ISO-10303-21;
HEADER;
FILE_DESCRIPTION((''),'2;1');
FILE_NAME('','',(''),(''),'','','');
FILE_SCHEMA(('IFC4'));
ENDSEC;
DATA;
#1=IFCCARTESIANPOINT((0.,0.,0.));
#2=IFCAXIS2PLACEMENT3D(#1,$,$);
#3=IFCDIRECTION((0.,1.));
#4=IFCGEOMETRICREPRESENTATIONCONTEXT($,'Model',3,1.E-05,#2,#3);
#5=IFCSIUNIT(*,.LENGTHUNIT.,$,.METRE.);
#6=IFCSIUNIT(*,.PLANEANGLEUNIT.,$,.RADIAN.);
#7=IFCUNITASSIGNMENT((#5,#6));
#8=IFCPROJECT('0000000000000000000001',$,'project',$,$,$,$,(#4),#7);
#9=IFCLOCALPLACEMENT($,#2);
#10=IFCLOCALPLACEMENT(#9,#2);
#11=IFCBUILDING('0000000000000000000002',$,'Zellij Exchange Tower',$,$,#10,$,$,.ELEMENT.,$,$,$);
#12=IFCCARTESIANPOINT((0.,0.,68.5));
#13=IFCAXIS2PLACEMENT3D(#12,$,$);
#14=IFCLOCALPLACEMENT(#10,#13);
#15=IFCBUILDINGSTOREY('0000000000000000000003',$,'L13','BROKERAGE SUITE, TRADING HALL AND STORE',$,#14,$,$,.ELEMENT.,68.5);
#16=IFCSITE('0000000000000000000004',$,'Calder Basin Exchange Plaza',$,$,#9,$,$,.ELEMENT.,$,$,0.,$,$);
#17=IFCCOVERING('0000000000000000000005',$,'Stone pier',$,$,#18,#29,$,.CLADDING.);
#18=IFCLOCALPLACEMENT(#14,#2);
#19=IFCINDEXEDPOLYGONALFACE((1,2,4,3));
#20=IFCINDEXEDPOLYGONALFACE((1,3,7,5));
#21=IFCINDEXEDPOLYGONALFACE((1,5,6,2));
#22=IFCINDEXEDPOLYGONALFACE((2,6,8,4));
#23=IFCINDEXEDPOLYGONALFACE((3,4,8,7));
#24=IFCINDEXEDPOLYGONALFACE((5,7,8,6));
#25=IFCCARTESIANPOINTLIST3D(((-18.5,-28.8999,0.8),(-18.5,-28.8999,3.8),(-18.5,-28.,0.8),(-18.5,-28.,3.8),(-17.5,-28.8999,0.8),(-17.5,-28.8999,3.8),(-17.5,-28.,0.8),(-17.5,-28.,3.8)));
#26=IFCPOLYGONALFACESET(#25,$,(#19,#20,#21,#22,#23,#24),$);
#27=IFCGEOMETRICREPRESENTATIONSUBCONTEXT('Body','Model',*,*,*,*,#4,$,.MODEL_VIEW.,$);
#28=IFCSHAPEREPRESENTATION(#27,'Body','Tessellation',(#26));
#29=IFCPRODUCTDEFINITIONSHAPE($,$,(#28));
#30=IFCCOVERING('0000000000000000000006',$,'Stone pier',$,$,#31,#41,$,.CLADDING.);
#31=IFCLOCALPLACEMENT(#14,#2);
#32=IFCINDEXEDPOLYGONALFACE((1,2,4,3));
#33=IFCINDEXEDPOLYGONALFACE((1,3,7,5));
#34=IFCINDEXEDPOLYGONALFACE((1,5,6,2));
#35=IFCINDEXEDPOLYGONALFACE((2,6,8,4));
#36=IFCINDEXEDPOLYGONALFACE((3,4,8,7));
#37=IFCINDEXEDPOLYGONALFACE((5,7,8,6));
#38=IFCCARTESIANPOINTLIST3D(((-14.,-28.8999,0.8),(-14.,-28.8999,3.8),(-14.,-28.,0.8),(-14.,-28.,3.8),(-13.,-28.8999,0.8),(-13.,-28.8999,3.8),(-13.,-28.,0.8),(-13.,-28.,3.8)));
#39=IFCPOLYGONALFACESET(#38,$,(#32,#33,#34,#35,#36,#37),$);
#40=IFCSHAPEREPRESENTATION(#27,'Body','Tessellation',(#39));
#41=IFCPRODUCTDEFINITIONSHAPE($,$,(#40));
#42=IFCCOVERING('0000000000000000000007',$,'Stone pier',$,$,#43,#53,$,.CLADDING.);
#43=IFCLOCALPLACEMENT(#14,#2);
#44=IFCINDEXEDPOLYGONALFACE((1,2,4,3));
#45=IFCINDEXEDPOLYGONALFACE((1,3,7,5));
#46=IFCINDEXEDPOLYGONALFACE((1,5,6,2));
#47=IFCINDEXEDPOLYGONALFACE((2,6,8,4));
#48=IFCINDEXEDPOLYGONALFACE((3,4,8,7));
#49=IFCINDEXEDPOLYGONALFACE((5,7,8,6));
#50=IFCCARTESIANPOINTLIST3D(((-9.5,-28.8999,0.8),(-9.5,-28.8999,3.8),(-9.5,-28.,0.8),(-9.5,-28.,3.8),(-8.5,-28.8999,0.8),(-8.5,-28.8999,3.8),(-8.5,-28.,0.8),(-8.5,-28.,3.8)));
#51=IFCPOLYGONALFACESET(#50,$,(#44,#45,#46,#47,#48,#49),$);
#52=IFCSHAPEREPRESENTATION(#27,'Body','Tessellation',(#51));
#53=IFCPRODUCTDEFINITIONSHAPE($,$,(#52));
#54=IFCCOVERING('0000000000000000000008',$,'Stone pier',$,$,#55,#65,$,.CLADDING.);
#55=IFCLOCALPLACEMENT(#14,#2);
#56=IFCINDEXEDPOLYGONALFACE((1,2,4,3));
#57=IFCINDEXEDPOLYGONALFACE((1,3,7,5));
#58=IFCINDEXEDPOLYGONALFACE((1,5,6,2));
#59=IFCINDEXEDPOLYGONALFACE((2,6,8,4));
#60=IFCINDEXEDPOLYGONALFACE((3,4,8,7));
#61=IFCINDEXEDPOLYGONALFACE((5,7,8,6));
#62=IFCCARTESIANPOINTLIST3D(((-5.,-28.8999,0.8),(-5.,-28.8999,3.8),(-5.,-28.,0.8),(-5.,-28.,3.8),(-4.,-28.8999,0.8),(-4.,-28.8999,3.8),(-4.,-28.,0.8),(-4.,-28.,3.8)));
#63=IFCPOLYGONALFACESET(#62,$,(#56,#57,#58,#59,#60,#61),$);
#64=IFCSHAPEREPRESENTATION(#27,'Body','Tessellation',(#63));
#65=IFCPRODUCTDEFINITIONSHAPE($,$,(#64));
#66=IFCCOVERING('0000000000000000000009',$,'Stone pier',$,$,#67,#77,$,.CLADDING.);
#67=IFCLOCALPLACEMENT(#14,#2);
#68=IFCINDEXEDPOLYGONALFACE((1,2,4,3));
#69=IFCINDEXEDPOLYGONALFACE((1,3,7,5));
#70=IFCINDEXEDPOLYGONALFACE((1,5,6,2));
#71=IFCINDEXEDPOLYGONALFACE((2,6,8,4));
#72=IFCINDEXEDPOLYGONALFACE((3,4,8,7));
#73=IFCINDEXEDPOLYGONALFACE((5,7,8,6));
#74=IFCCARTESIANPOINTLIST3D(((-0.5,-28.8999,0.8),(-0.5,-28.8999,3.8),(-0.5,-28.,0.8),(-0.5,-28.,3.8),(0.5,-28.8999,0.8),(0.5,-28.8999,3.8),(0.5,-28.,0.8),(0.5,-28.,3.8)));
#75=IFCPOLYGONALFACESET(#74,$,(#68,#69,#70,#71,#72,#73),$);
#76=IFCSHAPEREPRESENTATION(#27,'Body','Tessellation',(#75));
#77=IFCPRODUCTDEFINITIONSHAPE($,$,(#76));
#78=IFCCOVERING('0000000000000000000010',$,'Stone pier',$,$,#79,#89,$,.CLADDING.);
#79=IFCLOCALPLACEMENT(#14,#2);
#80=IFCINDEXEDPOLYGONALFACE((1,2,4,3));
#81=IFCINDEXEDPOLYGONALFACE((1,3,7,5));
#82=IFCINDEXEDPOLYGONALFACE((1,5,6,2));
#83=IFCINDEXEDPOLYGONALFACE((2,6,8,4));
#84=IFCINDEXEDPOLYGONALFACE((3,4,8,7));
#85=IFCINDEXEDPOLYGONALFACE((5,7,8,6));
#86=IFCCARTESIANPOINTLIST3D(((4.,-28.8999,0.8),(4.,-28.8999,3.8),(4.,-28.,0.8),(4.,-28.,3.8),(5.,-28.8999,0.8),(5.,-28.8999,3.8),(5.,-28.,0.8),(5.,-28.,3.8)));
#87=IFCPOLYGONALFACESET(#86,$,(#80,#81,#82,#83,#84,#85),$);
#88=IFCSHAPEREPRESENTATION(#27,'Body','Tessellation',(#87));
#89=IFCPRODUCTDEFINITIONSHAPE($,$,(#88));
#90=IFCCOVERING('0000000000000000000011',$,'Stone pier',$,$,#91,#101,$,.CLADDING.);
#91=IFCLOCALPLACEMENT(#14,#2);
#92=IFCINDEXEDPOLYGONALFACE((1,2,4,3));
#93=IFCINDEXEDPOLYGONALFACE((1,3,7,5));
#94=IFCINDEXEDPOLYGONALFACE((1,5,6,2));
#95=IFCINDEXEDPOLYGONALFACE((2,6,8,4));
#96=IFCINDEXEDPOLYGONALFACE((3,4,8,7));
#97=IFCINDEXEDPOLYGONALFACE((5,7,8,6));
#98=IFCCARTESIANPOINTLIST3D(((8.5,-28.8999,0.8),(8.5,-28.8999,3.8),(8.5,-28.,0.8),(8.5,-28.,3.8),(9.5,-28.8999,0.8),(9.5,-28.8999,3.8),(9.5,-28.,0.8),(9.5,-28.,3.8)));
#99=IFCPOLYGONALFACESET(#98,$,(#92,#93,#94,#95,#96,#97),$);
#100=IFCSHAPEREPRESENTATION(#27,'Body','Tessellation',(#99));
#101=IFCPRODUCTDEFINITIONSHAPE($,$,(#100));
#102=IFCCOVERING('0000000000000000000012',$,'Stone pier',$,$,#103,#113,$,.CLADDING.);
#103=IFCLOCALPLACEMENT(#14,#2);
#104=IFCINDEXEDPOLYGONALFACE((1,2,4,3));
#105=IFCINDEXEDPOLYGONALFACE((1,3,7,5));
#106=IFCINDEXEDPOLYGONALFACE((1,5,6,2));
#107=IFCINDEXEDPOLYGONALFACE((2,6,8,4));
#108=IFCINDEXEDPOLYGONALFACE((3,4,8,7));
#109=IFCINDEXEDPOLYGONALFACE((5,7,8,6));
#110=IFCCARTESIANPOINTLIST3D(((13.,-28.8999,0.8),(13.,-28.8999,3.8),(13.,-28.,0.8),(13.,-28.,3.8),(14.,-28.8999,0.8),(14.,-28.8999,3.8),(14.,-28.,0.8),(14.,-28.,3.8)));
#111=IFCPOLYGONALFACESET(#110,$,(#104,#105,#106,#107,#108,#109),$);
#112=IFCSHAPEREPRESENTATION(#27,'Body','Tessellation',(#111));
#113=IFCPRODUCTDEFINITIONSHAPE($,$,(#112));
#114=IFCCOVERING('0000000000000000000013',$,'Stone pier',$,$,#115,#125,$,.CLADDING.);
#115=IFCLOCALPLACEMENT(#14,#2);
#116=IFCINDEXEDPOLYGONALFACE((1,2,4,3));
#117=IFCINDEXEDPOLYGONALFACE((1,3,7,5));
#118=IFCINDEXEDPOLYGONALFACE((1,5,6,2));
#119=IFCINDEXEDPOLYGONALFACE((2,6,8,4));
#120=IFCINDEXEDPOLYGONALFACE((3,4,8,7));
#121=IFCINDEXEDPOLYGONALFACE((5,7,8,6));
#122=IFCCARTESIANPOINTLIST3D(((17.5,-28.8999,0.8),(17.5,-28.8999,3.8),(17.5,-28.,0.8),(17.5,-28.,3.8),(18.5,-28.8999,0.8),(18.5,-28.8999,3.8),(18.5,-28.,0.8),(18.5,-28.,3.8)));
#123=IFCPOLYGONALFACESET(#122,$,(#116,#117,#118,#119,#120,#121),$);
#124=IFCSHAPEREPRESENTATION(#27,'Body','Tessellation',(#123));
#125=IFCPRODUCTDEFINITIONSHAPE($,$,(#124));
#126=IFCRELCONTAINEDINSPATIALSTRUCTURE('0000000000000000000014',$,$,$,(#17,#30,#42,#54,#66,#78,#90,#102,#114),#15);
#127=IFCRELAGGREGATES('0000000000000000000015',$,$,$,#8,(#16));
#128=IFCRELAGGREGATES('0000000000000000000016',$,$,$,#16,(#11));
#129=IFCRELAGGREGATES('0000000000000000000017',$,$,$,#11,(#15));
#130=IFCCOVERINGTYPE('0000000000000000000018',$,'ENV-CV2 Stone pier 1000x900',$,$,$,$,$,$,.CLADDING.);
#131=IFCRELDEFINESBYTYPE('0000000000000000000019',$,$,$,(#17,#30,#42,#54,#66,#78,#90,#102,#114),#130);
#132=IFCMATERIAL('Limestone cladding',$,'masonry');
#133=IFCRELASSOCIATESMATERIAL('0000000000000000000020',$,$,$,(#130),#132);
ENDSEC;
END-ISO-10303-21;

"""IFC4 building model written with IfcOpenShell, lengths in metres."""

from ifc_helpers import new_model, si_unit, direction, frame, origin, place, context, subcontext, project, spatial, polyline, outline, extrude, material, type_object, element, save


model = new_model("IFC4")

# Units and contexts
model_context = context("Model", 3, precision=1e-05, world=origin(), true_north=direction((0.0, 1.0)))
body_context = subcontext(model_context, "Body", "Model", "MODEL_VIEW")
ifc_project = project(units=[si_unit("LENGTHUNIT", "METRE"), si_unit("PLANEANGLEUNIT", "RADIAN")], contexts=[model_context])

# Site, building, storey
site_placement = place(None, origin())
site = spatial("IfcSite", under=ifc_project, at=site_placement, Name="Calder Basin Exchange Plaza", CompositionType="ELEMENT", RefElevation=0.0)
building_placement = place(site_placement, origin())
building = spatial("IfcBuilding", under=site, at=building_placement, Name="Zellij Exchange Tower", CompositionType="ELEMENT")
storey_placement = place(building_placement, frame((0.0, 0.0, 68.5)))
storey = spatial("IfcBuildingStorey", under=building, at=storey_placement, Name="L13", Description="BROKERAGE SUITE, TRADING HALL AND STORE", CompositionType="ELEMENT", Elevation=68.5)

# Coverings
ifc_material_1 = material(Name="Limestone cladding", Category="masonry")
covering_type = type_object("IfcCoveringType", Name="ENV-CV2 Stone pier 1000x900", PredefinedType="CLADDING", material=ifc_material_1)
covering_1_placement = place(storey_placement, frame((0.0, 0.0, 0.8)))
element("IfcCovering", 1, at=covering_1_placement, inside=storey, type_object=covering_type, Name="Stone pier", PredefinedType="CLADDING", context=body_context, shape_type="SweptSolid", body=[
    extrude(outline(polyline([(-18.5, -28.0), (-17.5, -28.0), (-17.5, -28.8999), (-18.5, -28.8999), (-18.5, -28.0)])), origin(), (0.0, 0.0, 1.0), 3.0),
])
covering_2_placement = place(storey_placement, frame((0.0, 0.0, 0.8)))
element("IfcCovering", 2, at=covering_2_placement, inside=storey, type_object=covering_type, Name="Stone pier", PredefinedType="CLADDING", context=body_context, shape_type="SweptSolid", body=[
    extrude(outline(polyline([(-14.0, -28.0), (-13.0, -28.0), (-13.0, -28.8999), (-14.0, -28.8999), (-14.0, -28.0)])), origin(), (0.0, 0.0, 1.0), 3.0),
])
covering_3_placement = place(storey_placement, frame((0.0, 0.0, 0.8)))
element("IfcCovering", 3, at=covering_3_placement, inside=storey, type_object=covering_type, Name="Stone pier", PredefinedType="CLADDING", context=body_context, shape_type="SweptSolid", body=[
    extrude(outline(polyline([(-9.5, -28.0), (-8.5, -28.0), (-8.5, -28.8999), (-9.5, -28.8999), (-9.5, -28.0)])), origin(), (0.0, 0.0, 1.0), 3.0),
])
covering_4_placement = place(storey_placement, frame((0.0, 0.0, 0.8)))
element("IfcCovering", 4, at=covering_4_placement, inside=storey, type_object=covering_type, Name="Stone pier", PredefinedType="CLADDING", context=body_context, shape_type="SweptSolid", body=[
    extrude(outline(polyline([(-5.0, -28.0), (-4.0, -28.0), (-4.0, -28.8999), (-5.0, -28.8999), (-5.0, -28.0)])), origin(), (0.0, 0.0, 1.0), 3.0),
])
covering_5_placement = place(storey_placement, frame((0.0, 0.0, 0.8)))
element("IfcCovering", 5, at=covering_5_placement, inside=storey, type_object=covering_type, Name="Stone pier", PredefinedType="CLADDING", context=body_context, shape_type="SweptSolid", body=[
    extrude(outline(polyline([(-0.5, -28.0), (0.5, -28.0), (0.5, -28.8999), (-0.5, -28.8999), (-0.5, -28.0)])), origin(), (0.0, 0.0, 1.0), 3.0),
])
covering_6_placement = place(storey_placement, frame((0.0, 0.0, 0.8)))
element("IfcCovering", 6, at=covering_6_placement, inside=storey, type_object=covering_type, Name="Stone pier", PredefinedType="CLADDING", context=body_context, shape_type="SweptSolid", body=[
    extrude(outline(polyline([(4.0, -28.0), (5.0, -28.0), (5.0, -28.8999), (4.0, -28.8999), (4.0, -28.0)])), origin(), (0.0, 0.0, 1.0), 3.0),
])
covering_7_placement = place(storey_placement, frame((0.0, 0.0, 0.8)))
element("IfcCovering", 7, at=covering_7_placement, inside=storey, type_object=covering_type, Name="Stone pier", PredefinedType="CLADDING", context=body_context, shape_type="SweptSolid", body=[
    extrude(outline(polyline([(8.5, -28.0), (9.5, -28.0), (9.5, -28.8999), (8.5, -28.8999), (8.5, -28.0)])), origin(), (0.0, 0.0, 1.0), 3.0),
])
covering_8_placement = place(storey_placement, frame((0.0, 0.0, 0.8)))
element("IfcCovering", 8, at=covering_8_placement, inside=storey, type_object=covering_type, Name="Stone pier", PredefinedType="CLADDING", context=body_context, shape_type="SweptSolid", body=[
    extrude(outline(polyline([(13.0, -28.0), (14.0, -28.0), (14.0, -28.8999), (13.0, -28.8999), (13.0, -28.0)])), origin(), (0.0, 0.0, 1.0), 3.0),
])
covering_9_placement = place(storey_placement, frame((0.0, 0.0, 0.8)))
element("IfcCovering", 9, at=covering_9_placement, inside=storey, type_object=covering_type, Name="Stone pier", PredefinedType="CLADDING", context=body_context, shape_type="SweptSolid", body=[
    extrude(outline(polyline([(17.5, -28.0), (18.5, -28.0), (18.5, -28.8999), (17.5, -28.8999), (17.5, -28.0)])), origin(), (0.0, 0.0, 1.0), 3.0),
])

save(model, "model.ifc")
